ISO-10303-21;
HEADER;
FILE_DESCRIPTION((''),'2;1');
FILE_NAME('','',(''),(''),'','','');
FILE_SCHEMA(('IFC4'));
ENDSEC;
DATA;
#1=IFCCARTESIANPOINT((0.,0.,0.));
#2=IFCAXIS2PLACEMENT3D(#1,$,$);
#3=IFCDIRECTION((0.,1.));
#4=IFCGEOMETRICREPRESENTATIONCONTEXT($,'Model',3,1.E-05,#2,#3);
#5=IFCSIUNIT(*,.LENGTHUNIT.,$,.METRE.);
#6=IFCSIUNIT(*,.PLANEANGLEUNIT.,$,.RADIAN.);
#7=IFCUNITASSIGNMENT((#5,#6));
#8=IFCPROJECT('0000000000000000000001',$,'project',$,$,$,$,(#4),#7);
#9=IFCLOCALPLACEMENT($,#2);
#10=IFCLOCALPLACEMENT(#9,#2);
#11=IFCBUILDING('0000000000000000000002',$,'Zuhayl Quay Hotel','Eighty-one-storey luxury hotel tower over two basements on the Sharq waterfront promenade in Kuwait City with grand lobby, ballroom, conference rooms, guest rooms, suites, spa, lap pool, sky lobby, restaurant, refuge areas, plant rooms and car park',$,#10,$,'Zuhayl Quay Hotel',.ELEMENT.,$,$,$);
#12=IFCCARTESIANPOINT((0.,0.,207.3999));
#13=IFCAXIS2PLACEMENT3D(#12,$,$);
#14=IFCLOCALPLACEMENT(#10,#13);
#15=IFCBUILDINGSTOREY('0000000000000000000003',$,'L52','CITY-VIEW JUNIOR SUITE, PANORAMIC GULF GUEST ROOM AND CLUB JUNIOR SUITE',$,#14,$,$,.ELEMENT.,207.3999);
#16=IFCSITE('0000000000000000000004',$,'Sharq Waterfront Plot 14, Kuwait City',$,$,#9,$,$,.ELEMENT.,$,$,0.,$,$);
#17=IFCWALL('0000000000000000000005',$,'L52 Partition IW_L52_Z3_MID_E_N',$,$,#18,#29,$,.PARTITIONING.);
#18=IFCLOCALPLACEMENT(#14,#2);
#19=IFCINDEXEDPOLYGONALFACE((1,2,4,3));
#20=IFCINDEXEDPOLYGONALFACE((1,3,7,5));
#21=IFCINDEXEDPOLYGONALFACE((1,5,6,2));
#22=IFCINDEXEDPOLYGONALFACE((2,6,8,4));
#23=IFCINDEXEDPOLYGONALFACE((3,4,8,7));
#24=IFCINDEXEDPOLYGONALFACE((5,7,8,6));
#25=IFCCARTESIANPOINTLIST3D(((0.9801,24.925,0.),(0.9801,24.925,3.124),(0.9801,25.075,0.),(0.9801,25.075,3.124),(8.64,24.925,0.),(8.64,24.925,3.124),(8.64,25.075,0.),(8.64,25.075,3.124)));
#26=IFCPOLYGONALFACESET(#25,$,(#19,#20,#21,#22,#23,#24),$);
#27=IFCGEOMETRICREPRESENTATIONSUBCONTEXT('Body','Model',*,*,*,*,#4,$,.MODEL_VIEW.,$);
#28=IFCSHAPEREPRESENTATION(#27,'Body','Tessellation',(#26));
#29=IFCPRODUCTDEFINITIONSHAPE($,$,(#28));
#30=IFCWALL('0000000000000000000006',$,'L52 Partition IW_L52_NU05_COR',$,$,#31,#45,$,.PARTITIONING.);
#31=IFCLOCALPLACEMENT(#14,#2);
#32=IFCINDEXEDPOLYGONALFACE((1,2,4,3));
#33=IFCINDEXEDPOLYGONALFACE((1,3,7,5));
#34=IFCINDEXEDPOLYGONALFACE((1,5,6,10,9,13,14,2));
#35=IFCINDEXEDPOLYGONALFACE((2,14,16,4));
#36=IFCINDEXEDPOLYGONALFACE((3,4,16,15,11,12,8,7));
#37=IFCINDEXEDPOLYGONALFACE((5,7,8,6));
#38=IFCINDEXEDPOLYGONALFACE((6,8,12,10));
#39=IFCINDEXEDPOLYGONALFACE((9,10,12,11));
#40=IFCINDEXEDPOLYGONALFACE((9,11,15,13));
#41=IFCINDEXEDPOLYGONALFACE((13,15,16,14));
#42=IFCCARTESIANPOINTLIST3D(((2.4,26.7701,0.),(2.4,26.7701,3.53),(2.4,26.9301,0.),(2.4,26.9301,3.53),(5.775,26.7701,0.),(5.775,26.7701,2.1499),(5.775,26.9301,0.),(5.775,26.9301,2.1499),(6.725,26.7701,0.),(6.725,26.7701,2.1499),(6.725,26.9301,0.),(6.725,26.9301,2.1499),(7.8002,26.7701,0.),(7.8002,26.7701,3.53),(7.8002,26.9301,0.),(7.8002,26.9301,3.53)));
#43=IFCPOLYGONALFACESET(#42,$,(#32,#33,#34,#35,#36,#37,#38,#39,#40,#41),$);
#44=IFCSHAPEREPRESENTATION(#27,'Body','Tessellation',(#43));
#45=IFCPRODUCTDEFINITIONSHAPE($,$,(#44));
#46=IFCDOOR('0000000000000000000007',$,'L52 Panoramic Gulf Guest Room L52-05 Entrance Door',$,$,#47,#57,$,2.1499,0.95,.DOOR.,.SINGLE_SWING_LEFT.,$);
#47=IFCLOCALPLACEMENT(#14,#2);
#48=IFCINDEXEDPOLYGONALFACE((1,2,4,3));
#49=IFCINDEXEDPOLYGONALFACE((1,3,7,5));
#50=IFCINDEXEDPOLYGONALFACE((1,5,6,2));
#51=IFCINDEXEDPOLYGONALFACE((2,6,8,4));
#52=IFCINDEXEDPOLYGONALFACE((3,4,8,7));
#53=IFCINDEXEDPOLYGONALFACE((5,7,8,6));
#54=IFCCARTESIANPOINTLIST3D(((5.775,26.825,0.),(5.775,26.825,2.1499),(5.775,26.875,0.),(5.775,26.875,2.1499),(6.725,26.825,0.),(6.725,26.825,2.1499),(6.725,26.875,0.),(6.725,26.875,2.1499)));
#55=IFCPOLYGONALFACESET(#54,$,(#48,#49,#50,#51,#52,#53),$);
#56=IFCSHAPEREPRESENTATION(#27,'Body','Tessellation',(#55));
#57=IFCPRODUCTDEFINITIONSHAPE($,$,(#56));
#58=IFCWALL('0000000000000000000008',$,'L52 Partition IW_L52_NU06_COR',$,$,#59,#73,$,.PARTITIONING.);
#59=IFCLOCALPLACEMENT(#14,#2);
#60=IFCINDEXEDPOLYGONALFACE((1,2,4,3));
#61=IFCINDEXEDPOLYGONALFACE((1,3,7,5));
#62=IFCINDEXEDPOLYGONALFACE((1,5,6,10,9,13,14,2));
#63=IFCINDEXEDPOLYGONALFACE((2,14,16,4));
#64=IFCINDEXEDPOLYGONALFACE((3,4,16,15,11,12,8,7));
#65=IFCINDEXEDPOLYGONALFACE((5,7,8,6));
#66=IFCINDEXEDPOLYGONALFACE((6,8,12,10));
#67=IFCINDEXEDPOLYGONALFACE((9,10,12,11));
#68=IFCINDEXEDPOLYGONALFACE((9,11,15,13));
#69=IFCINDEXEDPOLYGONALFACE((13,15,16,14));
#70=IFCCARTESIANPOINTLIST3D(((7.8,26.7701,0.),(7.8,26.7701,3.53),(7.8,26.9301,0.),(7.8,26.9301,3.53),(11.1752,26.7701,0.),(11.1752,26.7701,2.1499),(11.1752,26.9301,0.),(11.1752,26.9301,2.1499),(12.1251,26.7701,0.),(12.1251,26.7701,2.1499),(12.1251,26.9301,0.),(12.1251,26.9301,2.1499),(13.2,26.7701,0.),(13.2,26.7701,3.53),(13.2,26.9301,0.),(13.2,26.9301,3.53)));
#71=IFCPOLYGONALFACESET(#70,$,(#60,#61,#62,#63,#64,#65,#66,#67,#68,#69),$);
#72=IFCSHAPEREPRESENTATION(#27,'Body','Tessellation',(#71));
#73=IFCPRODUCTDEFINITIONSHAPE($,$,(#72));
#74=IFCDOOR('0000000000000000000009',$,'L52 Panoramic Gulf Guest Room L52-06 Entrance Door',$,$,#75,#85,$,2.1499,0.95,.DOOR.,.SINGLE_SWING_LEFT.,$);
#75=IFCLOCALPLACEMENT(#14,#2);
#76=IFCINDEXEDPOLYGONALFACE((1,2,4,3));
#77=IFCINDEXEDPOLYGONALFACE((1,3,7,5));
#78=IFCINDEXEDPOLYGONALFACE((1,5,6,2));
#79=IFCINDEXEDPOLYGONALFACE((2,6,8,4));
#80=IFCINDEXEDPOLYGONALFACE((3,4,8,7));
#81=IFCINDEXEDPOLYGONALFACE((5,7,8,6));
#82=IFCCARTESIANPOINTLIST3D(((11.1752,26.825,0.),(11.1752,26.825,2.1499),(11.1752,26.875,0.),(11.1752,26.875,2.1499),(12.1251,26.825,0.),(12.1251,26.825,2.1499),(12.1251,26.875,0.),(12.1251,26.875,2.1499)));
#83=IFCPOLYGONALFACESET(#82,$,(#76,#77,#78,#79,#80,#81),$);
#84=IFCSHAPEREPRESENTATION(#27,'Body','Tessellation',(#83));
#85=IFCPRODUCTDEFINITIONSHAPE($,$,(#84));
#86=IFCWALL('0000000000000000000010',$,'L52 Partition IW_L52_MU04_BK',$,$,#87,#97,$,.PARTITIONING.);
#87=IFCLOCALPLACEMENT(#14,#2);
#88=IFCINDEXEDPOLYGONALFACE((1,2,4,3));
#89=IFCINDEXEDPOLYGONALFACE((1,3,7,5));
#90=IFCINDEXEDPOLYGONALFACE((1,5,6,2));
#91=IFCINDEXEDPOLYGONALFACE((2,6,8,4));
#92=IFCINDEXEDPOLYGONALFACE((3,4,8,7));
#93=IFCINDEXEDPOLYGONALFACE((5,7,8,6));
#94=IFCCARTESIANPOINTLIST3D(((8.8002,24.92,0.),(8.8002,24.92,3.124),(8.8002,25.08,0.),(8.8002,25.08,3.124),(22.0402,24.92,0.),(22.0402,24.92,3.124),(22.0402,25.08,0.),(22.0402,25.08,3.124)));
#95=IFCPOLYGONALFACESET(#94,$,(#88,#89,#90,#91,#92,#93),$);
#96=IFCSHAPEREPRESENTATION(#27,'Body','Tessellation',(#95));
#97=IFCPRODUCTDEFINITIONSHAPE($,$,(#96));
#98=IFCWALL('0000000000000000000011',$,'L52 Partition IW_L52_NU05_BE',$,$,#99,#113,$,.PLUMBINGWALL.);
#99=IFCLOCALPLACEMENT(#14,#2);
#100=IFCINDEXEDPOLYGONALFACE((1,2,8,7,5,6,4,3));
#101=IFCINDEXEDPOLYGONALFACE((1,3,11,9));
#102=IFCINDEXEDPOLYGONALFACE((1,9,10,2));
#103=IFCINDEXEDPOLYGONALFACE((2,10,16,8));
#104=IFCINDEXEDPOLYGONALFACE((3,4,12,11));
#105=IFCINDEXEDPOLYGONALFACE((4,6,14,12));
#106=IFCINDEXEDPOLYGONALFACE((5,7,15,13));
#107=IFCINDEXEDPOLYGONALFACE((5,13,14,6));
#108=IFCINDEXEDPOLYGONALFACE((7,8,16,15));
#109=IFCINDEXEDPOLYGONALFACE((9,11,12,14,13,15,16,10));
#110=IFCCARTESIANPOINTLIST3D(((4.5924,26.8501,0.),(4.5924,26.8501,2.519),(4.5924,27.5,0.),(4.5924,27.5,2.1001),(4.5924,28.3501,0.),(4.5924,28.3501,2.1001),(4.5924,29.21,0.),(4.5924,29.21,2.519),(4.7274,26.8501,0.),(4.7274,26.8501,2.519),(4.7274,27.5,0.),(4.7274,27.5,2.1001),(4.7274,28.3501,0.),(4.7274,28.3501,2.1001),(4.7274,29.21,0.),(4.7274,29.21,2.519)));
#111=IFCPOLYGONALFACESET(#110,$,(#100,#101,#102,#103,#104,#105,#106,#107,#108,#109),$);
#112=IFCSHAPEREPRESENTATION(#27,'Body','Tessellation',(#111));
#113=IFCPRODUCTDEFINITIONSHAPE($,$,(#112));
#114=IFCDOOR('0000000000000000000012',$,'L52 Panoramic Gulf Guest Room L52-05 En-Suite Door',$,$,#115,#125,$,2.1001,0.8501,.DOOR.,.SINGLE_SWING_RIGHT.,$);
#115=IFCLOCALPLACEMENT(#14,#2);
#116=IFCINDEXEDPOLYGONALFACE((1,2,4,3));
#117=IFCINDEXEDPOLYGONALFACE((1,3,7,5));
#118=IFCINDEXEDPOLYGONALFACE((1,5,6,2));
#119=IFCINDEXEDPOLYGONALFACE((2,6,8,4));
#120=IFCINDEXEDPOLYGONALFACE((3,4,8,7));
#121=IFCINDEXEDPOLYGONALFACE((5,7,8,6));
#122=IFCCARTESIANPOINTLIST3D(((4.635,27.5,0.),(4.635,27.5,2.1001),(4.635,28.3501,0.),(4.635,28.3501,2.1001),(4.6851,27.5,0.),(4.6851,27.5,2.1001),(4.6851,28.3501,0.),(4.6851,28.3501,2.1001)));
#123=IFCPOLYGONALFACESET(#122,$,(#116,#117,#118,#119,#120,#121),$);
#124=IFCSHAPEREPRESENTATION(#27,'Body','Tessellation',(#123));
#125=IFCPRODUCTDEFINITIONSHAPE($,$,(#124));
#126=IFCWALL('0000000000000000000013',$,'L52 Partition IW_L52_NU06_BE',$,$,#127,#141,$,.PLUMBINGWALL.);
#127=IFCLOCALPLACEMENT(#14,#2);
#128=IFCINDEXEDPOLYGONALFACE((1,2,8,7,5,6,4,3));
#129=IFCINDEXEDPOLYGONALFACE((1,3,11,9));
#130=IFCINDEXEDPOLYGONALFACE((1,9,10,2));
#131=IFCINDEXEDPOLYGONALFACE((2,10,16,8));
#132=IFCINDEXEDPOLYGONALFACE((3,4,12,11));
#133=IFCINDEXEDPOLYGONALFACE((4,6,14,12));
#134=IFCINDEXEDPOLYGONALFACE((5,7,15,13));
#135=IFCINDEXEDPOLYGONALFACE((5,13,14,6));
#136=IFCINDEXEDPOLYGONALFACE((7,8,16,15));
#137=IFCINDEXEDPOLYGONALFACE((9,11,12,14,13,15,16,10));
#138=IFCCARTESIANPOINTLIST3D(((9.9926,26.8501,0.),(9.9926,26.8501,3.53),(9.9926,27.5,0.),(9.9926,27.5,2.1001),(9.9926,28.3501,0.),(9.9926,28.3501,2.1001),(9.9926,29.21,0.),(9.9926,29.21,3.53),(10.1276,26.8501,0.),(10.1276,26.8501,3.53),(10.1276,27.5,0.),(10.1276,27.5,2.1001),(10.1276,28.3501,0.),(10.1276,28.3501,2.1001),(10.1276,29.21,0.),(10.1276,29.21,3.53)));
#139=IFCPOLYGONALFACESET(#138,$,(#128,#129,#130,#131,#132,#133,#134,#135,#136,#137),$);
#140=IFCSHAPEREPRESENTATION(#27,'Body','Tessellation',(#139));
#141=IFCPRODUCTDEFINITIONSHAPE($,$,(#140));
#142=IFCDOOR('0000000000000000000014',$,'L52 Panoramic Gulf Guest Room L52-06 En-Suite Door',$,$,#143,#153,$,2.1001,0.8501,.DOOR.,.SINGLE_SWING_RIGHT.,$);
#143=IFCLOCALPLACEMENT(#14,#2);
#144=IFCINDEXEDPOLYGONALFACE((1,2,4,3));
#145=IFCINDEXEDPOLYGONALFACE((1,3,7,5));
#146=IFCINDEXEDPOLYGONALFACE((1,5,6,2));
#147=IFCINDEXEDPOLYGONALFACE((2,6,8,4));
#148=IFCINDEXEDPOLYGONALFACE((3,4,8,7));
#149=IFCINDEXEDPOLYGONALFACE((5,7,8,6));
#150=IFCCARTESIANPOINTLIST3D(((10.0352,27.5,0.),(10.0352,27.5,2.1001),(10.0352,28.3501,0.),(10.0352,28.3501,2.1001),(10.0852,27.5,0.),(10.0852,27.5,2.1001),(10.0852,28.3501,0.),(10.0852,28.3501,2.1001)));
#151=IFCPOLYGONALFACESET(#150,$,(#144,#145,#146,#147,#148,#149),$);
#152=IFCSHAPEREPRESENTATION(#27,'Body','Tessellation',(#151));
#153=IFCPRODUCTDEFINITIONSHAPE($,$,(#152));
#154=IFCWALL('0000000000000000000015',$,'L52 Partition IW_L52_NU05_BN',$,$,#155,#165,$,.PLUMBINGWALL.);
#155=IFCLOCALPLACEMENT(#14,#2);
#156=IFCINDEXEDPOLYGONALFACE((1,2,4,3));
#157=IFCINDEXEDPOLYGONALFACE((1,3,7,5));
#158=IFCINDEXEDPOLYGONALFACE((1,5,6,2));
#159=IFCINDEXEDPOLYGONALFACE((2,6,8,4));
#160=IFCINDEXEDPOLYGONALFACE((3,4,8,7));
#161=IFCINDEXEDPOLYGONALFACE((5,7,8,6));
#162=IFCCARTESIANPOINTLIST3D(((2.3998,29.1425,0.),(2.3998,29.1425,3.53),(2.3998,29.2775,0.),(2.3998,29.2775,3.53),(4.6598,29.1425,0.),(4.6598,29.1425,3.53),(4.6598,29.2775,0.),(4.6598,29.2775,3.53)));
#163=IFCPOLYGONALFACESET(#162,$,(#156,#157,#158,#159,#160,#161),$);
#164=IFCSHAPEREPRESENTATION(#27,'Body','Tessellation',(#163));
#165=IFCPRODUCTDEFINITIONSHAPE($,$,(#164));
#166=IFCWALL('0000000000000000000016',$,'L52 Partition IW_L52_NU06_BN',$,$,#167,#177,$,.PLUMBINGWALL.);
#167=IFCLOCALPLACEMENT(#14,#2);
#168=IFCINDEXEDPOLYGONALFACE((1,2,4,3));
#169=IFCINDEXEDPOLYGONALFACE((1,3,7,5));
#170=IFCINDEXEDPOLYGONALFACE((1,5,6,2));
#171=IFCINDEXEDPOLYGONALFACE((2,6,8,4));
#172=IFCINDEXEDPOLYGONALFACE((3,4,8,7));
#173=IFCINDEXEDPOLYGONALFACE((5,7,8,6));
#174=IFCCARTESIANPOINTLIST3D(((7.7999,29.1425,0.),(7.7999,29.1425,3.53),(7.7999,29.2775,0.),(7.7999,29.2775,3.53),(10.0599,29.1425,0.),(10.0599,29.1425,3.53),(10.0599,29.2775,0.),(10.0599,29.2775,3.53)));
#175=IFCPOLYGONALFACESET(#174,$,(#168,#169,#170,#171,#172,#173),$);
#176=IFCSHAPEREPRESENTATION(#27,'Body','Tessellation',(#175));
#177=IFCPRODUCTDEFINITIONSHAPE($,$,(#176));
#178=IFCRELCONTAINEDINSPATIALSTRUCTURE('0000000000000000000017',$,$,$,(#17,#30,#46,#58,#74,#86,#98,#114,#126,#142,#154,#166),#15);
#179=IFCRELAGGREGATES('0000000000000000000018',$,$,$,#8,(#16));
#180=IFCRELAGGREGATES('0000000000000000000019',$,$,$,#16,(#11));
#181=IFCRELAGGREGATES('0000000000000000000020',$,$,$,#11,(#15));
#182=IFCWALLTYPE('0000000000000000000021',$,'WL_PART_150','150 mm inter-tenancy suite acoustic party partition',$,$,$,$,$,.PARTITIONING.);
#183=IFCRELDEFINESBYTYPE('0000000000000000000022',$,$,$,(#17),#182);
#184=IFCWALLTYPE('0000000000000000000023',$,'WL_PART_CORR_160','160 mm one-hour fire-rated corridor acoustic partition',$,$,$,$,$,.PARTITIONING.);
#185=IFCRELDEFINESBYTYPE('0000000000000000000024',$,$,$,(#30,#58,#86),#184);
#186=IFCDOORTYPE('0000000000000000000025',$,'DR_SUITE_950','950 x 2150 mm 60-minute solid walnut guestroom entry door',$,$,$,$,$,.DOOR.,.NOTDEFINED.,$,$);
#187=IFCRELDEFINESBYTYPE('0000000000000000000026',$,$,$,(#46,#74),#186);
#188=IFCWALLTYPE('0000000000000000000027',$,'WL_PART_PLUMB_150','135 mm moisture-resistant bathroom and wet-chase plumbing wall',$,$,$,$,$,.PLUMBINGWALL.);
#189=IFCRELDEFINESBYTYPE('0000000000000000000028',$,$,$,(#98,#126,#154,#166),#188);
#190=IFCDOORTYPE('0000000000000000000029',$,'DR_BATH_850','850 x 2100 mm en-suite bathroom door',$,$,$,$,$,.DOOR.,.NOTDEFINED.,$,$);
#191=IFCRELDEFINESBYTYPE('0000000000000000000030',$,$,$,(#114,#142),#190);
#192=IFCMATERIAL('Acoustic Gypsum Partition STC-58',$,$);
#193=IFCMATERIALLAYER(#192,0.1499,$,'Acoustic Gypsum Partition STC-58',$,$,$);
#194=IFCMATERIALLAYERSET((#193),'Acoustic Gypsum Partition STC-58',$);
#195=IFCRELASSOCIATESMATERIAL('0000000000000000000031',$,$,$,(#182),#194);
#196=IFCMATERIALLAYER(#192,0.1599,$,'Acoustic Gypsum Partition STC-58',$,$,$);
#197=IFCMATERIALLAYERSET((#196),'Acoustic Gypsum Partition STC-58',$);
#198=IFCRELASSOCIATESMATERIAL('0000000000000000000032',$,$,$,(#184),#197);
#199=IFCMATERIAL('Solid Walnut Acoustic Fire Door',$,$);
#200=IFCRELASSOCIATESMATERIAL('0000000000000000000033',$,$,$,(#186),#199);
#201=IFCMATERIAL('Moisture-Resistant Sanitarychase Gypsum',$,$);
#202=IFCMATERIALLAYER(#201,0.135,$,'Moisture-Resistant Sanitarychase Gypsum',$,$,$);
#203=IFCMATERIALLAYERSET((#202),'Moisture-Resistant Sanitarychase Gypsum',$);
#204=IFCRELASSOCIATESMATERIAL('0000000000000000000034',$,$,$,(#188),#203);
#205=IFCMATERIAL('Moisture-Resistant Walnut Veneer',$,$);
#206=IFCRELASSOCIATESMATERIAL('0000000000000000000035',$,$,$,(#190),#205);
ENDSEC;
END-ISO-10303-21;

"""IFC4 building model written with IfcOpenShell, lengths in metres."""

from ifc_helpers import new_model, si_unit, direction, frame, frame_2d, origin, place, context, subcontext, project, spatial, rectangle, extrude, material, layer, layer_set, type_object, element, fill, save


model = new_model("IFC4")

# Units and contexts
model_context = context("Model", 3, precision=1e-05, world=origin(), true_north=direction((0.0, 1.0)))
body_context = subcontext(model_context, "Body", "Model", "MODEL_VIEW")
ifc_project = project(units=[si_unit("LENGTHUNIT", "METRE"), si_unit("PLANEANGLEUNIT", "RADIAN")], contexts=[model_context])

# Site, building, storey
site_placement = place(None, origin())
site = spatial("IfcSite", under=ifc_project, at=site_placement, Name="Sharq Waterfront Plot 14, Kuwait City", CompositionType="ELEMENT", RefElevation=0.0)
building_placement = place(site_placement, origin())
building = spatial("IfcBuilding", under=site, at=building_placement, Name="Zuhayl Quay Hotel", Description="Eighty-one-storey luxury hotel tower over two basements on the Sharq waterfront promenade in Kuwait City with grand lobby, ballroom, conference rooms, guest rooms, suites, spa, lap pool, sky lobby, restaurant, refuge areas, plant rooms and car park", LongName="Zuhayl Quay Hotel", CompositionType="ELEMENT")
storey_placement = place(building_placement, frame((0.0, 0.0, 207.3999)))
storey = spatial("IfcBuildingStorey", under=building, at=storey_placement, Name="L52", Description="CITY-VIEW JUNIOR SUITE, PANORAMIC GULF GUEST ROOM AND CLUB JUNIOR SUITE", CompositionType="ELEMENT", Elevation=207.3999)

# Wall
ifc_material_1 = material(Name="Acoustic Gypsum Partition STC-58")
ifc_layer_1 = layer(ifc_material_1, 0.1499, Name="Acoustic Gypsum Partition STC-58")
ifc_layer_set_1 = layer_set([ifc_layer_1], Name="Acoustic Gypsum Partition STC-58")
wall_type_1 = type_object("IfcWallType", Name="WL_PART_150", Description="150 mm inter-tenancy suite acoustic party partition", PredefinedType="PARTITIONING", material=ifc_layer_set_1)
wall_1_placement = place(storey_placement, frame((0.98, 25.0, 0.0), z_axis=(0.0, 0.0, 1.0), x_axis=(1.0, 0.0, 0.0)))
element("IfcWall", 1, at=wall_1_placement, inside=storey, type_object=wall_type_1, Name="L52 Partition IW_L52_Z3_MID_E_N", PredefinedType="PARTITIONING", context=body_context, shape_type="SweptSolid", body=[
    extrude(rectangle(XDim=7.6599, YDim=0.1499, at=frame_2d((3.8301, 0.0))), origin(), (0.0, 0.0, 1.0), 3.124),
])

# Walls, openings, doors
ifc_layer_2 = layer(ifc_material_1, 0.1599, Name="Acoustic Gypsum Partition STC-58")
ifc_layer_set_2 = layer_set([ifc_layer_2], Name="Acoustic Gypsum Partition STC-58")
wall_type_2 = type_object("IfcWallType", Name="WL_PART_CORR_160", Description="160 mm one-hour fire-rated corridor acoustic partition", PredefinedType="PARTITIONING", material=ifc_layer_set_2)
wall_2_placement = place(storey_placement, frame((2.3999, 26.8501, 0.0), z_axis=(0.0, 0.0, 1.0), x_axis=(1.0, 0.0, 0.0)))
wall_2 = element("IfcWall", 2, at=wall_2_placement, inside=storey, type_object=wall_type_2, Name="L52 Partition IW_L52_NU05_COR", PredefinedType="PARTITIONING", context=body_context, shape_type="SweptSolid", body=[
    extrude(rectangle(XDim=5.4001, YDim=0.1599, at=frame_2d((2.7002, 0.0))), origin(), (0.0, 0.0, 1.0), 3.53),
])
opening_1_placement = place(wall_2_placement, frame((3.375, 0.0, 0.0)))
opening_1 = element("IfcOpeningElement", 3, at=opening_1_placement, cuts=wall_2, PredefinedType="OPENING", context=body_context, shape_type="SweptSolid", body=[
    extrude(rectangle(XDim=0.95, YDim=2.1499, at=frame_2d((0.4751, 1.075))), frame((0.0, 0.0898, 0.0), z_axis=(0.0, -1.0, 0.0), x_axis=(1.0, 0.0, 0.0)), (0.0, 0.0, 1.0), 0.1799),
])
ifc_material_2 = material(Name="Solid Walnut Acoustic Fire Door")
door_type_1 = type_object("IfcDoorType", Name="DR_SUITE_950", Description="950 x 2150 mm 60-minute solid walnut guestroom entry door", OperationType="NOTDEFINED", PredefinedType="DOOR", material=ifc_material_2)
door_1_placement = place(opening_1_placement, origin())
door_1 = element("IfcDoor", 4, at=door_1_placement, inside=storey, type_object=door_type_1, Name="L52 Panoramic Gulf Guest Room L52-05 Entrance Door", OperationType="SINGLE_SWING_LEFT", OverallHeight=2.1499, OverallWidth=0.95, PredefinedType="DOOR", context=body_context, shape_type="SweptSolid", body=[
    extrude(rectangle(XDim=0.95, YDim=2.1499, at=frame_2d((0.4751, 1.075))), frame((0.0, 0.0249, 0.0), z_axis=(0.0, -1.0, 0.0), x_axis=(1.0, 0.0, 0.0)), (0.0, 0.0, 1.0), 0.05),
])
fill(opening_1, door_1)
wall_3_placement = place(storey_placement, frame((7.8, 26.8501, 0.0), z_axis=(0.0, 0.0, 1.0), x_axis=(1.0, 0.0, 0.0)))
wall_3 = element("IfcWall", 5, at=wall_3_placement, inside=storey, type_object=wall_type_2, Name="L52 Partition IW_L52_NU06_COR", PredefinedType="PARTITIONING", context=body_context, shape_type="SweptSolid", body=[
    extrude(rectangle(XDim=5.3999, YDim=0.1599, at=frame_2d((2.7, 0.0))), origin(), (0.0, 0.0, 1.0), 3.53),
])
opening_2_placement = place(wall_3_placement, frame((3.375, 0.0, 0.0)))
opening_2 = element("IfcOpeningElement", 6, at=opening_2_placement, cuts=wall_3, PredefinedType="OPENING", context=body_context, shape_type="SweptSolid", body=[
    extrude(rectangle(XDim=0.95, YDim=2.1499, at=frame_2d((0.4751, 1.075))), frame((0.0, 0.0898, 0.0), z_axis=(0.0, -1.0, 0.0), x_axis=(1.0, 0.0, 0.0)), (0.0, 0.0, 1.0), 0.1799),
])
door_2_placement = place(opening_2_placement, origin())
door_2 = element("IfcDoor", 7, at=door_2_placement, inside=storey, type_object=door_type_1, Name="L52 Panoramic Gulf Guest Room L52-06 Entrance Door", OperationType="SINGLE_SWING_LEFT", OverallHeight=2.1499, OverallWidth=0.95, PredefinedType="DOOR", context=body_context, shape_type="SweptSolid", body=[
    extrude(rectangle(XDim=0.95, YDim=2.1499, at=frame_2d((0.4751, 1.075))), frame((0.0, 0.0249, 0.0), z_axis=(0.0, -1.0, 0.0), x_axis=(1.0, 0.0, 0.0)), (0.0, 0.0, 1.0), 0.05),
])
fill(opening_2, door_2)

# Wall
wall_4_placement = place(storey_placement, frame((8.8, 25.0, 0.0), z_axis=(0.0, 0.0, 1.0), x_axis=(1.0, 0.0, 0.0)))
element("IfcWall", 8, at=wall_4_placement, inside=storey, type_object=wall_type_2, Name="L52 Partition IW_L52_MU04_BK", PredefinedType="PARTITIONING", context=body_context, shape_type="SweptSolid", body=[
    extrude(rectangle(XDim=13.24, YDim=0.1599, at=frame_2d((6.6201, 0.0))), origin(), (0.0, 0.0, 1.0), 3.124),
])

# Walls, openings, doors
ifc_material_3 = material(Name="Moisture-Resistant Sanitarychase Gypsum")
ifc_layer_3 = layer(ifc_material_3, 0.135, Name="Moisture-Resistant Sanitarychase Gypsum")
ifc_layer_set_3 = layer_set([ifc_layer_3], Name="Moisture-Resistant Sanitarychase Gypsum")
wall_type_3 = type_object("IfcWallType", Name="WL_PART_PLUMB_150", Description="135 mm moisture-resistant bathroom and wet-chase plumbing wall", PredefinedType="PLUMBINGWALL", material=ifc_layer_set_3)
wall_5_placement = place(storey_placement, frame((4.6599, 26.8501, 0.0), z_axis=(0.0, 0.0, 1.0), x_axis=(0.0, 1.0, 0.0)))
wall_5 = element("IfcWall", 9, at=wall_5_placement, inside=storey, type_object=wall_type_3, Name="L52 Partition IW_L52_NU05_BE", PredefinedType="PLUMBINGWALL", context=body_context, shape_type="SweptSolid", body=[
    extrude(rectangle(XDim=2.3599, YDim=0.135, at=frame_2d((1.1799, 0.0))), origin(), (0.0, 0.0, 1.0), 2.519),
])
opening_3_placement = place(wall_5_placement, frame((0.6499, 0.0, 0.0)))
opening_3 = element("IfcOpeningElement", 10, at=opening_3_placement, cuts=wall_5, PredefinedType="OPENING", context=body_context, shape_type="SweptSolid", body=[
    extrude(rectangle(XDim=0.8501, YDim=2.1001, at=frame_2d((0.425, 1.05))), frame((0.0, 0.0774, 0.0), z_axis=(0.0, -1.0, 0.0), x_axis=(1.0, 0.0, 0.0)), (0.0, 0.0, 1.0), 0.155),
])
ifc_material_4 = material(Name="Moisture-Resistant Walnut Veneer")
door_type_2 = type_object("IfcDoorType", Name="DR_BATH_850", Description="850 x 2100 mm en-suite bathroom door", OperationType="NOTDEFINED", PredefinedType="DOOR", material=ifc_material_4)
door_3_placement = place(opening_3_placement, origin())
door_3 = element("IfcDoor", 11, at=door_3_placement, inside=storey, type_object=door_type_2, Name="L52 Panoramic Gulf Guest Room L52-05 En-Suite Door", OperationType="SINGLE_SWING_RIGHT", OverallHeight=2.1001, OverallWidth=0.8501, PredefinedType="DOOR", context=body_context, shape_type="SweptSolid", body=[
    extrude(rectangle(XDim=0.8501, YDim=2.1001, at=frame_2d((0.425, 1.05))), frame((0.0, 0.0249, 0.0), z_axis=(0.0, -1.0, 0.0), x_axis=(1.0, 0.0, 0.0)), (0.0, 0.0, 1.0), 0.05),
])
fill(opening_3, door_3)
wall_6_placement = place(storey_placement, frame((10.0601, 26.8501, 0.0), z_axis=(0.0, 0.0, 1.0), x_axis=(0.0, 1.0, 0.0)))
wall_6 = element("IfcWall", 12, at=wall_6_placement, inside=storey, type_object=wall_type_3, Name="L52 Partition IW_L52_NU06_BE", PredefinedType="PLUMBINGWALL", context=body_context, shape_type="SweptSolid", body=[
    extrude(rectangle(XDim=2.3599, YDim=0.135, at=frame_2d((1.1799, 0.0))), origin(), (0.0, 0.0, 1.0), 3.53),
])
opening_4_placement = place(wall_6_placement, frame((0.6499, 0.0, 0.0)))
opening_4 = element("IfcOpeningElement", 13, at=opening_4_placement, cuts=wall_6, PredefinedType="OPENING", context=body_context, shape_type="SweptSolid", body=[
    extrude(rectangle(XDim=0.8501, YDim=2.1001, at=frame_2d((0.425, 1.05))), frame((0.0, 0.0774, 0.0), z_axis=(0.0, -1.0, 0.0), x_axis=(1.0, 0.0, 0.0)), (0.0, 0.0, 1.0), 0.155),
])
door_4_placement = place(opening_4_placement, origin())
door_4 = element("IfcDoor", 14, at=door_4_placement, inside=storey, type_object=door_type_2, Name="L52 Panoramic Gulf Guest Room L52-06 En-Suite Door", OperationType="SINGLE_SWING_RIGHT", OverallHeight=2.1001, OverallWidth=0.8501, PredefinedType="DOOR", context=body_context, shape_type="SweptSolid", body=[
    extrude(rectangle(XDim=0.8501, YDim=2.1001, at=frame_2d((0.425, 1.05))), frame((0.0, 0.0249, 0.0), z_axis=(0.0, -1.0, 0.0), x_axis=(1.0, 0.0, 0.0)), (0.0, 0.0, 1.0), 0.05),
])
fill(opening_4, door_4)

# Walls
for number, where, z_axis, x_axis, name in (
    (15, (2.3999, 29.21, 0.0), (0.0, 0.0, 1.0), (1.0, 0.0, 0.0), "L52 Partition IW_L52_NU05_BN"),
    (16, (7.8, 29.21, 0.0), (0.0, 0.0, 1.0), (1.0, 0.0, 0.0), "L52 Partition IW_L52_NU06_BN"),
):
    element("IfcWall", number, at=place(storey_placement, frame(where, z_axis=z_axis, x_axis=x_axis)), inside=storey, type_object=wall_type_3, Name=name, PredefinedType="PLUMBINGWALL", context=body_context, shape_type="SweptSolid", body=[
        extrude(rectangle(XDim=2.26, YDim=0.135, at=frame_2d((1.1299, 0.0))), origin(), (0.0, 0.0, 1.0), 3.53),
    ])

save(model, "model.ifc")
